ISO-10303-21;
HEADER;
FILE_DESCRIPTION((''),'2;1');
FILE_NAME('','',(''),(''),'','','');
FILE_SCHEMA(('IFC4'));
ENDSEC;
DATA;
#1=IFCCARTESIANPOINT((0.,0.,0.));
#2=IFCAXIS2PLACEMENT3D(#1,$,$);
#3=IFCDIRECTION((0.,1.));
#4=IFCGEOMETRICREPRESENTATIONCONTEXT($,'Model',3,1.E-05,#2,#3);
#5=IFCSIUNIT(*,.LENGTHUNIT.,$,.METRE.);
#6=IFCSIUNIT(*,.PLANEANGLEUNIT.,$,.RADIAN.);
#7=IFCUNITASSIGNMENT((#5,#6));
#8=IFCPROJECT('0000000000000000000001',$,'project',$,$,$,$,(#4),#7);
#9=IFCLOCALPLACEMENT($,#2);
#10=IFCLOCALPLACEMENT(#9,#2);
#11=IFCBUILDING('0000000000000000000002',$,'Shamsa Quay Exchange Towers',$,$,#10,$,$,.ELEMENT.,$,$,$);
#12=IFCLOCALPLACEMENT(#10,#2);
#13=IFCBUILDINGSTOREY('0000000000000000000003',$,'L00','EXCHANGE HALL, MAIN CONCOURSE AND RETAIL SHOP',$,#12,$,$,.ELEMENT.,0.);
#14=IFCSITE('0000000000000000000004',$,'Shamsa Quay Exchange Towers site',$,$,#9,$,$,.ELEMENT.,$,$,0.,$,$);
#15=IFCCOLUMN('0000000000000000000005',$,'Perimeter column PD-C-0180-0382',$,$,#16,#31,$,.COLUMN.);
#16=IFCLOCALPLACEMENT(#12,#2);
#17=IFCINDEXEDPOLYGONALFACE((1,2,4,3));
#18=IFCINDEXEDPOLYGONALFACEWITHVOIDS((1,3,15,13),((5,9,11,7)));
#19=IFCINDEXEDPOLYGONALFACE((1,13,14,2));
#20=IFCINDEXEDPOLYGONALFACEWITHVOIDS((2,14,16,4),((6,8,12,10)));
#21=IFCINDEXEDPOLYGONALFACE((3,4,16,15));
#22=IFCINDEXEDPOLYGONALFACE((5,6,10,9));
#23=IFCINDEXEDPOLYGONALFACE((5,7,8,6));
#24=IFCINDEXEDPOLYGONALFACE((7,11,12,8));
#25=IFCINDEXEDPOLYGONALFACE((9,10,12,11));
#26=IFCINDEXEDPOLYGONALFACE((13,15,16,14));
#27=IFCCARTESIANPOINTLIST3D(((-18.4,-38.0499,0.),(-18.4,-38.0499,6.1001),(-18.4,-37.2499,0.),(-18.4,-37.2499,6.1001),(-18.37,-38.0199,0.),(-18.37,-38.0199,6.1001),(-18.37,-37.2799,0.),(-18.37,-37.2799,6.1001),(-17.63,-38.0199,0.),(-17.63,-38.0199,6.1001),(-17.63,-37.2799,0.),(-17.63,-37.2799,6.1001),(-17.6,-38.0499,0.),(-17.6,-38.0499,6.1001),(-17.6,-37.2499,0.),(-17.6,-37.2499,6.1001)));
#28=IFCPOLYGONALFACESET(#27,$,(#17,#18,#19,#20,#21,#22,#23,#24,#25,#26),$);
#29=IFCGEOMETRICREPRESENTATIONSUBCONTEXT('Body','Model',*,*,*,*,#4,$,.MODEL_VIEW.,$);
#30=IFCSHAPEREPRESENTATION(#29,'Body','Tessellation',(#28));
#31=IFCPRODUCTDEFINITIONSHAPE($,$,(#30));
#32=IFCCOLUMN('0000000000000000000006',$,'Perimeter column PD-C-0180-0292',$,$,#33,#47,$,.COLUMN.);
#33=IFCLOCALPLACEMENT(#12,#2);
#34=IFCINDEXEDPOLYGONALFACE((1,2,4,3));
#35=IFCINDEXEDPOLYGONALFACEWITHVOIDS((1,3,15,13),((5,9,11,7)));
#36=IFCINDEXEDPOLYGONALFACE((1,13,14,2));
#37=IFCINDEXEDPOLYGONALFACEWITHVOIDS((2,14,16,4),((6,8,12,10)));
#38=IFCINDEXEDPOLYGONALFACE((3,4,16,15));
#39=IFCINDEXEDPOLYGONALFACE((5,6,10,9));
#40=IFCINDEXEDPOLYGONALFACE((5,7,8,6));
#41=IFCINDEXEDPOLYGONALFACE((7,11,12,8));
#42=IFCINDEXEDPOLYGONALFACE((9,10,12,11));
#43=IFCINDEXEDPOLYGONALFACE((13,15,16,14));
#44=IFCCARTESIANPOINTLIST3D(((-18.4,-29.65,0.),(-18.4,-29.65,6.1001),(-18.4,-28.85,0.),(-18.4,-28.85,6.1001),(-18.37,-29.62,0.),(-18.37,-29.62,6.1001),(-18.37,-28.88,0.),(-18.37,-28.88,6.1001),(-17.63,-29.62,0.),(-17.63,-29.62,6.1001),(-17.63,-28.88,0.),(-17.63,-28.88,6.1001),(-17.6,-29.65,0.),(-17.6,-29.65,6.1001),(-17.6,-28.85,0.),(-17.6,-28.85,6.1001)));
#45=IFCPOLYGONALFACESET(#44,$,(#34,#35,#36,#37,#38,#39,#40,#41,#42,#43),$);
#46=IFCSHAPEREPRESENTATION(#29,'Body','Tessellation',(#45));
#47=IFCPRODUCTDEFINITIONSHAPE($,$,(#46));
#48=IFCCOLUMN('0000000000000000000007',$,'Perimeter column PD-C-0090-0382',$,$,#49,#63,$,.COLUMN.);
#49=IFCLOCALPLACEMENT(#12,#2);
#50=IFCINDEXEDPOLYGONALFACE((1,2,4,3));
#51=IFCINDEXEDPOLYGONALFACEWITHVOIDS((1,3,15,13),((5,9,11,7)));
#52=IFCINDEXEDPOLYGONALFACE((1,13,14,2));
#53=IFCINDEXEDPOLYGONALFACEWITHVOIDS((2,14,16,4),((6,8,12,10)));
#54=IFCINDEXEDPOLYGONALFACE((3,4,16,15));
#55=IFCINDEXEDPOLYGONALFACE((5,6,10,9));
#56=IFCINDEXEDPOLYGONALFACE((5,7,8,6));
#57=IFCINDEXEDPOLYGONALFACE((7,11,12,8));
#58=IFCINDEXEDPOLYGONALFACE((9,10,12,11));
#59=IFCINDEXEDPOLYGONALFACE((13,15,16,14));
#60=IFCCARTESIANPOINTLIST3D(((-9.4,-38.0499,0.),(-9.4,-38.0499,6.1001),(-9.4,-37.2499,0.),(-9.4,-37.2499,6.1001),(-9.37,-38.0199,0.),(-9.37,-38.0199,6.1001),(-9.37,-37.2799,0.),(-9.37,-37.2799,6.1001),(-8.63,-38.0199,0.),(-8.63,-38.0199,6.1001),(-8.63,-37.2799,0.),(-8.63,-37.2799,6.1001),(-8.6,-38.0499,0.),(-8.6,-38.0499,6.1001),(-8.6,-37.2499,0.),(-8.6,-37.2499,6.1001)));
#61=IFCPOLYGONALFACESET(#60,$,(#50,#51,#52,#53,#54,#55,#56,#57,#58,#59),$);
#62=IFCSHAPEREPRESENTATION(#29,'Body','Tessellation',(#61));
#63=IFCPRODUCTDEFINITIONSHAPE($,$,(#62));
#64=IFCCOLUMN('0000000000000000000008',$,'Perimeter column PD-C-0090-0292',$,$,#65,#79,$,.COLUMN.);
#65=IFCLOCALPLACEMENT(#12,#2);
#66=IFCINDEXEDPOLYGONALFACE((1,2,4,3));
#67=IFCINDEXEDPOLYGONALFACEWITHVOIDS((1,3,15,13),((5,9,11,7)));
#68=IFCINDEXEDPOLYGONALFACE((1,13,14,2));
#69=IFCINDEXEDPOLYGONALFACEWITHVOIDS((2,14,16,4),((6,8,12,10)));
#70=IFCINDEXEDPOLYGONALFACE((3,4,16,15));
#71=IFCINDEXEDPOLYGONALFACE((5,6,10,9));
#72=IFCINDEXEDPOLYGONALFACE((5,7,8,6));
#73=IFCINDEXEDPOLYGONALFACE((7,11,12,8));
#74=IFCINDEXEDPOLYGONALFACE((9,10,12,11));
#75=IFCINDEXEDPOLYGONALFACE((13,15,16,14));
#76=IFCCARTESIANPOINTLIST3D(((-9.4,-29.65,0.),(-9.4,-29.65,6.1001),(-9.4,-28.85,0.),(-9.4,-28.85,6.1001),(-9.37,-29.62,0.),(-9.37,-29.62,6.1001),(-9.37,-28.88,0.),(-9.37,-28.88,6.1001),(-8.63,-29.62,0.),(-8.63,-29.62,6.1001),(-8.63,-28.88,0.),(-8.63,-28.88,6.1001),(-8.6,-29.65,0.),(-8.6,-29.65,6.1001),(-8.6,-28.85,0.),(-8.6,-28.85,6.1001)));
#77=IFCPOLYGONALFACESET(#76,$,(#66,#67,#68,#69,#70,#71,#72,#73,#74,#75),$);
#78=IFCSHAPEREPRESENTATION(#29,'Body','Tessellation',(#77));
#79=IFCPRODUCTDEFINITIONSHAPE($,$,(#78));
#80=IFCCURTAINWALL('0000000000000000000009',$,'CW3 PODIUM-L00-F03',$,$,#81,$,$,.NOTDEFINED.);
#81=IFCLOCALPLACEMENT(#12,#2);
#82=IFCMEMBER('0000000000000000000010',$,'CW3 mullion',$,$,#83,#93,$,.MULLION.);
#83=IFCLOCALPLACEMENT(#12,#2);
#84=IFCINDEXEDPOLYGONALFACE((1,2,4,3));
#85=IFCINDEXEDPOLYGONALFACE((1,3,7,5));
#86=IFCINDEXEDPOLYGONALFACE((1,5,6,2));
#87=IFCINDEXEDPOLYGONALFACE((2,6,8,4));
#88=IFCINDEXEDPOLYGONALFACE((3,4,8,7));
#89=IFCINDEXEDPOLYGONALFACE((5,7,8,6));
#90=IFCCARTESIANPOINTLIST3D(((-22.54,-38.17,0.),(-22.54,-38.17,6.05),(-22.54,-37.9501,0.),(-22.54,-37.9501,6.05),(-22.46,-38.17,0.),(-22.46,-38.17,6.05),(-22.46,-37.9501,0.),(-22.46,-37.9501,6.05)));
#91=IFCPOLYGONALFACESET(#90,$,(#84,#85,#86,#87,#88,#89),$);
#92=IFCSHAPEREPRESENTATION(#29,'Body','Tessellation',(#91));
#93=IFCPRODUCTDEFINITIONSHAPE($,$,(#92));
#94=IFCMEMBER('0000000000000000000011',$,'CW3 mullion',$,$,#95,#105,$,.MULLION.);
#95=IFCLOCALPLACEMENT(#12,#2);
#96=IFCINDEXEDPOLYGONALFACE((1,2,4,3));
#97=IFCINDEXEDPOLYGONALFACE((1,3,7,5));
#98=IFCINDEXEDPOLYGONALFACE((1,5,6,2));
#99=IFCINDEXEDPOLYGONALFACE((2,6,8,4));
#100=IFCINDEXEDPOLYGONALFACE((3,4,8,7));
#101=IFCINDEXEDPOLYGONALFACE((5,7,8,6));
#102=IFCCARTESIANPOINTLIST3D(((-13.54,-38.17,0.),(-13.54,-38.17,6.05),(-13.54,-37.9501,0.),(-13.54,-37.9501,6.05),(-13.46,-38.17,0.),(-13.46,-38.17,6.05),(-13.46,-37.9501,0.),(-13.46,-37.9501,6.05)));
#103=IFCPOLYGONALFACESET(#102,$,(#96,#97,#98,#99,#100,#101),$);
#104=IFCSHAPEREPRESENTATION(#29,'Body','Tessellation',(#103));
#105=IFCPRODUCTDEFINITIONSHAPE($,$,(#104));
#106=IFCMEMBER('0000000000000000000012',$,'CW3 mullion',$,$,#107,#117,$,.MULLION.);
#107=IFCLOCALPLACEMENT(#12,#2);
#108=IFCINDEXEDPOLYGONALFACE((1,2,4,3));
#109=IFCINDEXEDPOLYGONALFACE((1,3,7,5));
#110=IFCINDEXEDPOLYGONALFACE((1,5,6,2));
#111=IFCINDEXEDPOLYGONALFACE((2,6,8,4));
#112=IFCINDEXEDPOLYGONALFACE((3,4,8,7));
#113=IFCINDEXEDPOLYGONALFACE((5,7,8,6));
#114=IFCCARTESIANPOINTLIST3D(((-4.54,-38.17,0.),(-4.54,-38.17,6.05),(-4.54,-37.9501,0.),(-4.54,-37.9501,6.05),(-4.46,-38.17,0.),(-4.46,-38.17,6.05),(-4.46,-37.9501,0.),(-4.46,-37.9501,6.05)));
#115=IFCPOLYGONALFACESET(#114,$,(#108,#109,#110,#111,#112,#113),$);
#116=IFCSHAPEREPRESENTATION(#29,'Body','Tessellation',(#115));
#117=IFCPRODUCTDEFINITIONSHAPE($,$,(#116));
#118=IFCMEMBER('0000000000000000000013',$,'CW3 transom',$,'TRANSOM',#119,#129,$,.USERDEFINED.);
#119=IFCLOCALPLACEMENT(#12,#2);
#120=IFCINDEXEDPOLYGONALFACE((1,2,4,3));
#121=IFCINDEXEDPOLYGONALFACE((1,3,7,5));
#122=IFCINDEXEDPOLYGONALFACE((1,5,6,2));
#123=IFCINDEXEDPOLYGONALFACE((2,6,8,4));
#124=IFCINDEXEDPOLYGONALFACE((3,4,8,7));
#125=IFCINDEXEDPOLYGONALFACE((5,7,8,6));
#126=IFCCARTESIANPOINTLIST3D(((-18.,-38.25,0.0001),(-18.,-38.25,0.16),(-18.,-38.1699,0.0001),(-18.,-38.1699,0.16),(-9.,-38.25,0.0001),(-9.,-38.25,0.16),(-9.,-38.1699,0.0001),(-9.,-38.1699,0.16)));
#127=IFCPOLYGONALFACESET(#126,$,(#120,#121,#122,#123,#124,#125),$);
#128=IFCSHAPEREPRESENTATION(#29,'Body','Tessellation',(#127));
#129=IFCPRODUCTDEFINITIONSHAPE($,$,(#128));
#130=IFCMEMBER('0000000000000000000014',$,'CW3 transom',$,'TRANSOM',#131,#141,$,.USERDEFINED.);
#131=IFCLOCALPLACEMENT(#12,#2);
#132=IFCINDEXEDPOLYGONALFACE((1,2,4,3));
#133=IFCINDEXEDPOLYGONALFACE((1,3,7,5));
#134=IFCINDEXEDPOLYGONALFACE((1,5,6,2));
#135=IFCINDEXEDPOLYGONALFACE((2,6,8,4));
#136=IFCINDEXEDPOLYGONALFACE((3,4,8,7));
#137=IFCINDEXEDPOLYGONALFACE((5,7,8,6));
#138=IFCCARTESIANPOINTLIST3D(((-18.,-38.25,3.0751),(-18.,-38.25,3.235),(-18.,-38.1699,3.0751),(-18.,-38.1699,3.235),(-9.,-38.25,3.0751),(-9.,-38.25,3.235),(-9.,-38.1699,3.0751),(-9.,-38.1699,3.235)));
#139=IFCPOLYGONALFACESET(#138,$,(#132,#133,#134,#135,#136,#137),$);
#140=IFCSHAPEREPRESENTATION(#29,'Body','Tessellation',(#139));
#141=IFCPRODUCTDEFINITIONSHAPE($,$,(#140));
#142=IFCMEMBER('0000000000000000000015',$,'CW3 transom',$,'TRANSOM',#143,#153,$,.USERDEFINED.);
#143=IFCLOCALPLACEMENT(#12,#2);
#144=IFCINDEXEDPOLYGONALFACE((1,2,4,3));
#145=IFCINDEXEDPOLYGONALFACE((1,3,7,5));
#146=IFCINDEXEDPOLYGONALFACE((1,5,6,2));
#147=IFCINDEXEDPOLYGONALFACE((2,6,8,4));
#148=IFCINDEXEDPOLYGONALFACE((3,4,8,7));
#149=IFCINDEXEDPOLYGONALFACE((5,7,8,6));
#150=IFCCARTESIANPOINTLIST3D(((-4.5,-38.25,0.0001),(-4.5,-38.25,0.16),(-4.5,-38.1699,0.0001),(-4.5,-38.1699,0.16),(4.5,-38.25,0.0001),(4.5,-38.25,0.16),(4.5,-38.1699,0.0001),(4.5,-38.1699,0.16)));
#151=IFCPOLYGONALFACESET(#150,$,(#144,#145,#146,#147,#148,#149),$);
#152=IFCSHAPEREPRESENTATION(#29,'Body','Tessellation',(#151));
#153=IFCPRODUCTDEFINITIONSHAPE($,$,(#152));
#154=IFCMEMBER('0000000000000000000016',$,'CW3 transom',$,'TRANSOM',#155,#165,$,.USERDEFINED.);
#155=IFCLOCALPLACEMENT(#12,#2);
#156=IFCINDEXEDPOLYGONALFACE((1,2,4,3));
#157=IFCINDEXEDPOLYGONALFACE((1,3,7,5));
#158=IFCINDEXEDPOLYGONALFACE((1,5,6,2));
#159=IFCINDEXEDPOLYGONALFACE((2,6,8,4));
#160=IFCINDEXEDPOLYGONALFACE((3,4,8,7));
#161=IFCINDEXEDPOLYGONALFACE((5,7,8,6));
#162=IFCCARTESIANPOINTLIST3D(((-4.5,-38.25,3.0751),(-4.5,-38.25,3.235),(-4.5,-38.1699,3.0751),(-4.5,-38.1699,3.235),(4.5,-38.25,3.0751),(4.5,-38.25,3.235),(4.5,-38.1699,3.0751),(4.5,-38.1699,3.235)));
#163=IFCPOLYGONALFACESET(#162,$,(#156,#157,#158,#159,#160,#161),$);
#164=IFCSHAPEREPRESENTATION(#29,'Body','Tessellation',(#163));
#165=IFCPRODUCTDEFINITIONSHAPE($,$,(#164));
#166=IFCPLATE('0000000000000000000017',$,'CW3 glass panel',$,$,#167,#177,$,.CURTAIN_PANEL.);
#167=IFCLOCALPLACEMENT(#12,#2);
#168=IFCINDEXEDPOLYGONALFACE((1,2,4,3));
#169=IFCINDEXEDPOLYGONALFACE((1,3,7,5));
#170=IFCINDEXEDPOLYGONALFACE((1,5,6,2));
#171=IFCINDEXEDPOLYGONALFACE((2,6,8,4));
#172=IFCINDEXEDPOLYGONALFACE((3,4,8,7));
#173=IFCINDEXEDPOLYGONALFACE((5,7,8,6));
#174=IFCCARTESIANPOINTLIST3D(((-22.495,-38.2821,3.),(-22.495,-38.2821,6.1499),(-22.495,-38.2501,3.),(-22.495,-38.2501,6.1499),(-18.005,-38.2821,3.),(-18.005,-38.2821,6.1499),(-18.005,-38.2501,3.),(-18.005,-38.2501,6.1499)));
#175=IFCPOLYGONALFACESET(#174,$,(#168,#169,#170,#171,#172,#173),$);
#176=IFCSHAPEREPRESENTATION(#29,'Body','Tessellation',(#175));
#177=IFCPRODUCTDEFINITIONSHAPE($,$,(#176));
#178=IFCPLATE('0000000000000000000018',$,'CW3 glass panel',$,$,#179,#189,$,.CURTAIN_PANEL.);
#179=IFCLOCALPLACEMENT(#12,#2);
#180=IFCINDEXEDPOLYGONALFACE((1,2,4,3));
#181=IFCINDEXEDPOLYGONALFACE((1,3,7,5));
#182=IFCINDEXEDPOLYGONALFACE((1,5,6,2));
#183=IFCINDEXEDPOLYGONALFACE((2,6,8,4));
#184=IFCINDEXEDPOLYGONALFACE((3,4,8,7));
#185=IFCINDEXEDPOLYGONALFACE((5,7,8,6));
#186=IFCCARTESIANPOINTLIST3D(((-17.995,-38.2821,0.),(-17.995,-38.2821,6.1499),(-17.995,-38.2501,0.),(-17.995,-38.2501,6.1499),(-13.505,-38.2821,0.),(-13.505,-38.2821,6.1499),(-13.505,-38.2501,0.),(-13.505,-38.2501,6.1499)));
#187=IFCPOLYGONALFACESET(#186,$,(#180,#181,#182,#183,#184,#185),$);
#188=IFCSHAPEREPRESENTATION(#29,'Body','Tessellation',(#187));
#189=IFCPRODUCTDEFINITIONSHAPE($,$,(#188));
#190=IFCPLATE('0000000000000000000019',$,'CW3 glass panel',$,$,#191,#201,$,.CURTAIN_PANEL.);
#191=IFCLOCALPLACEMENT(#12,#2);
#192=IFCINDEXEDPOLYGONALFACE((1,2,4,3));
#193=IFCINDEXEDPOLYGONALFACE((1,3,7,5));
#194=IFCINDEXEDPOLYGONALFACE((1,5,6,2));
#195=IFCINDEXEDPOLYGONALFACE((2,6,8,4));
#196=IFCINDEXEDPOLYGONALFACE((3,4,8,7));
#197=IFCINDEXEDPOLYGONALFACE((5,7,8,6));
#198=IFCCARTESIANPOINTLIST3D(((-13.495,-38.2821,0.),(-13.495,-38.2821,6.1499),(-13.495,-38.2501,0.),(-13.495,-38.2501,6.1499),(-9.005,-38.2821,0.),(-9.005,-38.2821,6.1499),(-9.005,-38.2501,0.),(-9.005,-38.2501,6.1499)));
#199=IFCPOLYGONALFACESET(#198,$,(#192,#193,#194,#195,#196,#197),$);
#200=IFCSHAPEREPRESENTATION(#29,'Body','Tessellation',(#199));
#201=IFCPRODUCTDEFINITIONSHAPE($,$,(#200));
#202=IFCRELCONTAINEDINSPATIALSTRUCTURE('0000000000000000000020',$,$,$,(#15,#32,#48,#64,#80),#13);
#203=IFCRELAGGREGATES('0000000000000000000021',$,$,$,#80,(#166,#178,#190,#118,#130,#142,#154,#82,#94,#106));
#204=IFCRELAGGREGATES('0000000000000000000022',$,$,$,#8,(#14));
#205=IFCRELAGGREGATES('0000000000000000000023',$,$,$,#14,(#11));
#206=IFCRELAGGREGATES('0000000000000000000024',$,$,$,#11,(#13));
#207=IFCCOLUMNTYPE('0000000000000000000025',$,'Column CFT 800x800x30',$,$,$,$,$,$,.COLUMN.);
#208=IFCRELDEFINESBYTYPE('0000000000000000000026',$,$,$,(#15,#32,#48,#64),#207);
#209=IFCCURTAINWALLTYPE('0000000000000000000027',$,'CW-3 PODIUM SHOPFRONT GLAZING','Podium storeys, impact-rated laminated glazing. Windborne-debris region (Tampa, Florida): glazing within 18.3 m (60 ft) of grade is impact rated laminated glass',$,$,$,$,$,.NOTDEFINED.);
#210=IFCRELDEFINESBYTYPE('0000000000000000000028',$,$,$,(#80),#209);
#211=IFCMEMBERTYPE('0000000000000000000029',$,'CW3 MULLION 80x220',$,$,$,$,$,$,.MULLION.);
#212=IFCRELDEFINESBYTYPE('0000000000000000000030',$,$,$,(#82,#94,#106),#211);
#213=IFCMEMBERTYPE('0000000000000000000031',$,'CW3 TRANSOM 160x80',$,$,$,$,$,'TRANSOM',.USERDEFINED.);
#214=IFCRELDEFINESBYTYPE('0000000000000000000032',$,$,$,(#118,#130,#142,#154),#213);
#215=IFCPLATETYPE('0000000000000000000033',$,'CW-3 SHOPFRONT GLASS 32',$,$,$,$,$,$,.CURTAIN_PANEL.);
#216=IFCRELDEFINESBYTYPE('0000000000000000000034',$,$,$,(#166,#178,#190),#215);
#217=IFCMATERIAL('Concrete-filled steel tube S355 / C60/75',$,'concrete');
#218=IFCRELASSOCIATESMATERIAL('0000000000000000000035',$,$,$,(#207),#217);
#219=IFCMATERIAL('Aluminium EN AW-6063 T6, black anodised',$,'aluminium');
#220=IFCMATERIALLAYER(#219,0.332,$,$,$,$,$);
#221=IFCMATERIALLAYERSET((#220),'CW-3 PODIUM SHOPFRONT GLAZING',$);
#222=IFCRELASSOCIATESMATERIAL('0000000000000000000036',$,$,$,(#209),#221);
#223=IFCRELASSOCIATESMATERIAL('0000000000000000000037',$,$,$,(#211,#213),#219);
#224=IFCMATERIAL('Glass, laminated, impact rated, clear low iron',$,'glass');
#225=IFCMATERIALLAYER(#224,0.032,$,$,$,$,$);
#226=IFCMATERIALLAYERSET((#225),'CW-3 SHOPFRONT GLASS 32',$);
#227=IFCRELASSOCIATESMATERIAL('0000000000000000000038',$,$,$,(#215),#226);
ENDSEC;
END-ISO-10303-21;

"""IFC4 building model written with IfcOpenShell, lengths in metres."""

from ifc_helpers import new_model, si_unit, direction, frame, origin, origin_2d, place, context, subcontext, project, spatial, rectangle, hollow_rectangle, extrude, material, layer, layer_set, material_profile, profile_set, type_object, element, aggregate, save


model = new_model("IFC4")

# Units and contexts
model_context = context("Model", 3, precision=1e-05, world=origin(), true_north=direction((0.0, 1.0)))
body_context = subcontext(model_context, "Body", "Model", "MODEL_VIEW")
ifc_project = project(units=[si_unit("LENGTHUNIT", "METRE"), si_unit("PLANEANGLEUNIT", "RADIAN")], contexts=[model_context])

# Site, building, storey
site_placement = place(None, origin())
site = spatial("IfcSite", under=ifc_project, at=site_placement, Name="Shamsa Quay Exchange Towers site", CompositionType="ELEMENT", RefElevation=0.0)
building_placement = place(site_placement, origin())
building = spatial("IfcBuilding", under=site, at=building_placement, Name="Shamsa Quay Exchange Towers", CompositionType="ELEMENT")
storey_placement = place(building_placement, origin())
storey = spatial("IfcBuildingStorey", under=building, at=storey_placement, Name="L00", Description="EXCHANGE HALL, MAIN CONCOURSE AND RETAIL SHOP", CompositionType="ELEMENT", Elevation=0.0)

# Columns
ifc_material_1 = material(Name="Concrete-filled steel tube S355 / C60/75", Category="concrete")
ifc_material_profile_1 = material_profile(ifc_material_1, hollow_rectangle(XDim=0.8, YDim=0.8, WallThickness=0.03, at=origin_2d()), Name="CFT 800x800x30")
ifc_profile_set_1 = profile_set([ifc_material_profile_1], Name="Concrete-filled steel tube S355 / C60/75")
column_type = type_object("IfcColumnType", Name="Column CFT 800x800x30", PredefinedType="COLUMN", material=ifc_profile_set_1)
for number, where, name in (
    (1, (-18.0, -37.6499, 0.0), "Perimeter column PD-C-0180-0382"),
    (2, (-18.0, -29.25, 0.0), "Perimeter column PD-C-0180-0292"),
    (3, (-9.0, -37.6499, 0.0), "Perimeter column PD-C-0090-0382"),
    (4, (-9.0, -29.25, 0.0), "Perimeter column PD-C-0090-0292"),
):
    element("IfcColumn", number, at=place(storey_placement, frame(where)), inside=storey, type_object=column_type, Name=name, PredefinedType="COLUMN", context=body_context, shape_type="SweptSolid", body=[
        extrude(hollow_rectangle(XDim=0.8, YDim=0.8, WallThickness=0.03, at=origin_2d()), origin(), (0.0, 0.0, 1.0), 6.1001),
    ])

# Curtain wall, members, plates
ifc_material_2 = material(Name="Aluminium EN AW-6063 T6, black anodised", Category="aluminium")
ifc_layer_1 = layer(ifc_material_2, 0.332)
ifc_layer_set_1 = layer_set([ifc_layer_1], Name="CW-3 PODIUM SHOPFRONT GLAZING")
curtain_wall_type = type_object("IfcCurtainWallType", Name="CW-3 PODIUM SHOPFRONT GLAZING", Description="Podium storeys, impact-rated laminated glazing. Windborne-debris region (Tampa, Florida): glazing within 18.3 m (60 ft) of grade is impact rated laminated glass", PredefinedType="NOTDEFINED", material=ifc_layer_set_1)
curtain_wall_placement = place(storey_placement, origin())
curtain_wall = element("IfcCurtainWall", 5, at=curtain_wall_placement, inside=storey, type_object=curtain_wall_type, Name="CW3 PODIUM-L00-F03", PredefinedType="NOTDEFINED")
ifc_material_profile_2 = material_profile(ifc_material_2, rectangle(XDim=0.22, YDim=0.0801, at=origin_2d()), Name="MU80x220")
ifc_profile_set_2 = profile_set([ifc_material_profile_2], Name="Aluminium EN AW-6063 T6, black anodised")
member_type_1 = type_object("IfcMemberType", Name="CW3 MULLION 80x220", PredefinedType="MULLION", material=ifc_profile_set_2)
member_1_placement = place(storey_placement, frame((-22.5, -38.0601, 0.0), z_axis=(0.0, 0.0, 1.0), x_axis=(0.0, 1.0, 0.0)))
member_1 = element("IfcMember", 6, at=member_1_placement, type_object=member_type_1, Name="CW3 mullion", PredefinedType="MULLION", context=body_context, shape_type="SweptSolid", body=[
    extrude(rectangle(XDim=0.22, YDim=0.0801, at=origin_2d()), origin(), (0.0, 0.0, 1.0), 6.05),
])
member_2_placement = place(storey_placement, frame((-13.5, -38.0601, 0.0), z_axis=(0.0, 0.0, 1.0), x_axis=(0.0, 1.0, 0.0)))
member_2 = element("IfcMember", 7, at=member_2_placement, type_object=member_type_1, Name="CW3 mullion", PredefinedType="MULLION", context=body_context, shape_type="SweptSolid", body=[
    extrude(rectangle(XDim=0.22, YDim=0.0801, at=origin_2d()), origin(), (0.0, 0.0, 1.0), 6.05),
])
member_3_placement = place(storey_placement, frame((-4.5, -38.0601, 0.0), z_axis=(0.0, 0.0, 1.0), x_axis=(0.0, 1.0, 0.0)))
member_3 = element("IfcMember", 8, at=member_3_placement, type_object=member_type_1, Name="CW3 mullion", PredefinedType="MULLION", context=body_context, shape_type="SweptSolid", body=[
    extrude(rectangle(XDim=0.22, YDim=0.0801, at=origin_2d()), origin(), (0.0, 0.0, 1.0), 6.05),
])
ifc_material_profile_3 = material_profile(ifc_material_2, rectangle(XDim=0.0801, YDim=0.1599, at=origin_2d()), Name="TR160x80")
ifc_profile_set_3 = profile_set([ifc_material_profile_3], Name="Aluminium EN AW-6063 T6, black anodised")
member_type_2 = type_object("IfcMemberType", Name="CW3 TRANSOM 160x80", ElementType="TRANSOM", PredefinedType="USERDEFINED", material=ifc_profile_set_3)
member_4_placement = place(storey_placement, frame((-18.0, -38.21, 0.0801), z_axis=(1.0, 0.0, 0.0), x_axis=(0.0, 1.0, 0.0)))
member_4 = element("IfcMember", 9, at=member_4_placement, type_object=member_type_2, Name="CW3 transom", ObjectType="TRANSOM", PredefinedType="USERDEFINED", context=body_context, shape_type="SweptSolid", body=[
    extrude(rectangle(XDim=0.0801, YDim=0.1599, at=origin_2d()), origin(), (0.0, 0.0, 1.0), 9.0),
])
member_5_placement = place(storey_placement, frame((-18.0, -38.21, 3.155), z_axis=(1.0, 0.0, 0.0), x_axis=(0.0, 1.0, 0.0)))
member_5 = element("IfcMember", 10, at=member_5_placement, type_object=member_type_2, Name="CW3 transom", ObjectType="TRANSOM", PredefinedType="USERDEFINED", context=body_context, shape_type="SweptSolid", body=[
    extrude(rectangle(XDim=0.0801, YDim=0.1599, at=origin_2d()), origin(), (0.0, 0.0, 1.0), 9.0),
])
member_6_placement = place(storey_placement, frame((-4.5, -38.21, 0.0801), z_axis=(1.0, 0.0, 0.0), x_axis=(0.0, 1.0, 0.0)))
member_6 = element("IfcMember", 11, at=member_6_placement, type_object=member_type_2, Name="CW3 transom", ObjectType="TRANSOM", PredefinedType="USERDEFINED", context=body_context, shape_type="SweptSolid", body=[
    extrude(rectangle(XDim=0.0801, YDim=0.1599, at=origin_2d()), origin(), (0.0, 0.0, 1.0), 9.0),
])
member_7_placement = place(storey_placement, frame((-4.5, -38.21, 3.155), z_axis=(1.0, 0.0, 0.0), x_axis=(0.0, 1.0, 0.0)))
member_7 = element("IfcMember", 12, at=member_7_placement, type_object=member_type_2, Name="CW3 transom", ObjectType="TRANSOM", PredefinedType="USERDEFINED", context=body_context, shape_type="SweptSolid", body=[
    extrude(rectangle(XDim=0.0801, YDim=0.1599, at=origin_2d()), origin(), (0.0, 0.0, 1.0), 9.0),
])
ifc_material_3 = material(Name="Glass, laminated, impact rated, clear low iron", Category="glass")
ifc_layer_2 = layer(ifc_material_3, 0.032)
ifc_layer_set_2 = layer_set([ifc_layer_2], Name="CW-3 SHOPFRONT GLASS 32")
plate_type = type_object("IfcPlateType", Name="CW-3 SHOPFRONT GLASS 32", PredefinedType="CURTAIN_PANEL", material=ifc_layer_set_2)
plate_1_placement = place(storey_placement, frame((-20.25, -38.2661, 3.0)))
plate_1 = element("IfcPlate", 13, at=plate_1_placement, type_object=plate_type, Name="CW3 glass panel", PredefinedType="CURTAIN_PANEL", context=body_context, shape_type="SweptSolid", body=[
    extrude(rectangle(XDim=4.49, YDim=0.032, at=origin_2d()), origin(), (0.0, 0.0, 1.0), 3.1499),
])
plate_2_placement = place(storey_placement, frame((-15.75, -38.2661, 0.0)))
plate_2 = element("IfcPlate", 14, at=plate_2_placement, type_object=plate_type, Name="CW3 glass panel", PredefinedType="CURTAIN_PANEL", context=body_context, shape_type="SweptSolid", body=[
    extrude(rectangle(XDim=4.49, YDim=0.032, at=origin_2d()), origin(), (0.0, 0.0, 1.0), 6.1499),
])
plate_3_placement = place(storey_placement, frame((-11.25, -38.2661, 0.0)))
plate_3 = element("IfcPlate", 15, at=plate_3_placement, type_object=plate_type, Name="CW3 glass panel", PredefinedType="CURTAIN_PANEL", context=body_context, shape_type="SweptSolid", body=[
    extrude(rectangle(XDim=4.49, YDim=0.032, at=origin_2d()), origin(), (0.0, 0.0, 1.0), 6.1499),
])
aggregate(curtain_wall, [plate_1, plate_2, plate_3, member_4, member_5, member_6, member_7, member_1, member_2, member_3])

save(model, "model.ifc")
